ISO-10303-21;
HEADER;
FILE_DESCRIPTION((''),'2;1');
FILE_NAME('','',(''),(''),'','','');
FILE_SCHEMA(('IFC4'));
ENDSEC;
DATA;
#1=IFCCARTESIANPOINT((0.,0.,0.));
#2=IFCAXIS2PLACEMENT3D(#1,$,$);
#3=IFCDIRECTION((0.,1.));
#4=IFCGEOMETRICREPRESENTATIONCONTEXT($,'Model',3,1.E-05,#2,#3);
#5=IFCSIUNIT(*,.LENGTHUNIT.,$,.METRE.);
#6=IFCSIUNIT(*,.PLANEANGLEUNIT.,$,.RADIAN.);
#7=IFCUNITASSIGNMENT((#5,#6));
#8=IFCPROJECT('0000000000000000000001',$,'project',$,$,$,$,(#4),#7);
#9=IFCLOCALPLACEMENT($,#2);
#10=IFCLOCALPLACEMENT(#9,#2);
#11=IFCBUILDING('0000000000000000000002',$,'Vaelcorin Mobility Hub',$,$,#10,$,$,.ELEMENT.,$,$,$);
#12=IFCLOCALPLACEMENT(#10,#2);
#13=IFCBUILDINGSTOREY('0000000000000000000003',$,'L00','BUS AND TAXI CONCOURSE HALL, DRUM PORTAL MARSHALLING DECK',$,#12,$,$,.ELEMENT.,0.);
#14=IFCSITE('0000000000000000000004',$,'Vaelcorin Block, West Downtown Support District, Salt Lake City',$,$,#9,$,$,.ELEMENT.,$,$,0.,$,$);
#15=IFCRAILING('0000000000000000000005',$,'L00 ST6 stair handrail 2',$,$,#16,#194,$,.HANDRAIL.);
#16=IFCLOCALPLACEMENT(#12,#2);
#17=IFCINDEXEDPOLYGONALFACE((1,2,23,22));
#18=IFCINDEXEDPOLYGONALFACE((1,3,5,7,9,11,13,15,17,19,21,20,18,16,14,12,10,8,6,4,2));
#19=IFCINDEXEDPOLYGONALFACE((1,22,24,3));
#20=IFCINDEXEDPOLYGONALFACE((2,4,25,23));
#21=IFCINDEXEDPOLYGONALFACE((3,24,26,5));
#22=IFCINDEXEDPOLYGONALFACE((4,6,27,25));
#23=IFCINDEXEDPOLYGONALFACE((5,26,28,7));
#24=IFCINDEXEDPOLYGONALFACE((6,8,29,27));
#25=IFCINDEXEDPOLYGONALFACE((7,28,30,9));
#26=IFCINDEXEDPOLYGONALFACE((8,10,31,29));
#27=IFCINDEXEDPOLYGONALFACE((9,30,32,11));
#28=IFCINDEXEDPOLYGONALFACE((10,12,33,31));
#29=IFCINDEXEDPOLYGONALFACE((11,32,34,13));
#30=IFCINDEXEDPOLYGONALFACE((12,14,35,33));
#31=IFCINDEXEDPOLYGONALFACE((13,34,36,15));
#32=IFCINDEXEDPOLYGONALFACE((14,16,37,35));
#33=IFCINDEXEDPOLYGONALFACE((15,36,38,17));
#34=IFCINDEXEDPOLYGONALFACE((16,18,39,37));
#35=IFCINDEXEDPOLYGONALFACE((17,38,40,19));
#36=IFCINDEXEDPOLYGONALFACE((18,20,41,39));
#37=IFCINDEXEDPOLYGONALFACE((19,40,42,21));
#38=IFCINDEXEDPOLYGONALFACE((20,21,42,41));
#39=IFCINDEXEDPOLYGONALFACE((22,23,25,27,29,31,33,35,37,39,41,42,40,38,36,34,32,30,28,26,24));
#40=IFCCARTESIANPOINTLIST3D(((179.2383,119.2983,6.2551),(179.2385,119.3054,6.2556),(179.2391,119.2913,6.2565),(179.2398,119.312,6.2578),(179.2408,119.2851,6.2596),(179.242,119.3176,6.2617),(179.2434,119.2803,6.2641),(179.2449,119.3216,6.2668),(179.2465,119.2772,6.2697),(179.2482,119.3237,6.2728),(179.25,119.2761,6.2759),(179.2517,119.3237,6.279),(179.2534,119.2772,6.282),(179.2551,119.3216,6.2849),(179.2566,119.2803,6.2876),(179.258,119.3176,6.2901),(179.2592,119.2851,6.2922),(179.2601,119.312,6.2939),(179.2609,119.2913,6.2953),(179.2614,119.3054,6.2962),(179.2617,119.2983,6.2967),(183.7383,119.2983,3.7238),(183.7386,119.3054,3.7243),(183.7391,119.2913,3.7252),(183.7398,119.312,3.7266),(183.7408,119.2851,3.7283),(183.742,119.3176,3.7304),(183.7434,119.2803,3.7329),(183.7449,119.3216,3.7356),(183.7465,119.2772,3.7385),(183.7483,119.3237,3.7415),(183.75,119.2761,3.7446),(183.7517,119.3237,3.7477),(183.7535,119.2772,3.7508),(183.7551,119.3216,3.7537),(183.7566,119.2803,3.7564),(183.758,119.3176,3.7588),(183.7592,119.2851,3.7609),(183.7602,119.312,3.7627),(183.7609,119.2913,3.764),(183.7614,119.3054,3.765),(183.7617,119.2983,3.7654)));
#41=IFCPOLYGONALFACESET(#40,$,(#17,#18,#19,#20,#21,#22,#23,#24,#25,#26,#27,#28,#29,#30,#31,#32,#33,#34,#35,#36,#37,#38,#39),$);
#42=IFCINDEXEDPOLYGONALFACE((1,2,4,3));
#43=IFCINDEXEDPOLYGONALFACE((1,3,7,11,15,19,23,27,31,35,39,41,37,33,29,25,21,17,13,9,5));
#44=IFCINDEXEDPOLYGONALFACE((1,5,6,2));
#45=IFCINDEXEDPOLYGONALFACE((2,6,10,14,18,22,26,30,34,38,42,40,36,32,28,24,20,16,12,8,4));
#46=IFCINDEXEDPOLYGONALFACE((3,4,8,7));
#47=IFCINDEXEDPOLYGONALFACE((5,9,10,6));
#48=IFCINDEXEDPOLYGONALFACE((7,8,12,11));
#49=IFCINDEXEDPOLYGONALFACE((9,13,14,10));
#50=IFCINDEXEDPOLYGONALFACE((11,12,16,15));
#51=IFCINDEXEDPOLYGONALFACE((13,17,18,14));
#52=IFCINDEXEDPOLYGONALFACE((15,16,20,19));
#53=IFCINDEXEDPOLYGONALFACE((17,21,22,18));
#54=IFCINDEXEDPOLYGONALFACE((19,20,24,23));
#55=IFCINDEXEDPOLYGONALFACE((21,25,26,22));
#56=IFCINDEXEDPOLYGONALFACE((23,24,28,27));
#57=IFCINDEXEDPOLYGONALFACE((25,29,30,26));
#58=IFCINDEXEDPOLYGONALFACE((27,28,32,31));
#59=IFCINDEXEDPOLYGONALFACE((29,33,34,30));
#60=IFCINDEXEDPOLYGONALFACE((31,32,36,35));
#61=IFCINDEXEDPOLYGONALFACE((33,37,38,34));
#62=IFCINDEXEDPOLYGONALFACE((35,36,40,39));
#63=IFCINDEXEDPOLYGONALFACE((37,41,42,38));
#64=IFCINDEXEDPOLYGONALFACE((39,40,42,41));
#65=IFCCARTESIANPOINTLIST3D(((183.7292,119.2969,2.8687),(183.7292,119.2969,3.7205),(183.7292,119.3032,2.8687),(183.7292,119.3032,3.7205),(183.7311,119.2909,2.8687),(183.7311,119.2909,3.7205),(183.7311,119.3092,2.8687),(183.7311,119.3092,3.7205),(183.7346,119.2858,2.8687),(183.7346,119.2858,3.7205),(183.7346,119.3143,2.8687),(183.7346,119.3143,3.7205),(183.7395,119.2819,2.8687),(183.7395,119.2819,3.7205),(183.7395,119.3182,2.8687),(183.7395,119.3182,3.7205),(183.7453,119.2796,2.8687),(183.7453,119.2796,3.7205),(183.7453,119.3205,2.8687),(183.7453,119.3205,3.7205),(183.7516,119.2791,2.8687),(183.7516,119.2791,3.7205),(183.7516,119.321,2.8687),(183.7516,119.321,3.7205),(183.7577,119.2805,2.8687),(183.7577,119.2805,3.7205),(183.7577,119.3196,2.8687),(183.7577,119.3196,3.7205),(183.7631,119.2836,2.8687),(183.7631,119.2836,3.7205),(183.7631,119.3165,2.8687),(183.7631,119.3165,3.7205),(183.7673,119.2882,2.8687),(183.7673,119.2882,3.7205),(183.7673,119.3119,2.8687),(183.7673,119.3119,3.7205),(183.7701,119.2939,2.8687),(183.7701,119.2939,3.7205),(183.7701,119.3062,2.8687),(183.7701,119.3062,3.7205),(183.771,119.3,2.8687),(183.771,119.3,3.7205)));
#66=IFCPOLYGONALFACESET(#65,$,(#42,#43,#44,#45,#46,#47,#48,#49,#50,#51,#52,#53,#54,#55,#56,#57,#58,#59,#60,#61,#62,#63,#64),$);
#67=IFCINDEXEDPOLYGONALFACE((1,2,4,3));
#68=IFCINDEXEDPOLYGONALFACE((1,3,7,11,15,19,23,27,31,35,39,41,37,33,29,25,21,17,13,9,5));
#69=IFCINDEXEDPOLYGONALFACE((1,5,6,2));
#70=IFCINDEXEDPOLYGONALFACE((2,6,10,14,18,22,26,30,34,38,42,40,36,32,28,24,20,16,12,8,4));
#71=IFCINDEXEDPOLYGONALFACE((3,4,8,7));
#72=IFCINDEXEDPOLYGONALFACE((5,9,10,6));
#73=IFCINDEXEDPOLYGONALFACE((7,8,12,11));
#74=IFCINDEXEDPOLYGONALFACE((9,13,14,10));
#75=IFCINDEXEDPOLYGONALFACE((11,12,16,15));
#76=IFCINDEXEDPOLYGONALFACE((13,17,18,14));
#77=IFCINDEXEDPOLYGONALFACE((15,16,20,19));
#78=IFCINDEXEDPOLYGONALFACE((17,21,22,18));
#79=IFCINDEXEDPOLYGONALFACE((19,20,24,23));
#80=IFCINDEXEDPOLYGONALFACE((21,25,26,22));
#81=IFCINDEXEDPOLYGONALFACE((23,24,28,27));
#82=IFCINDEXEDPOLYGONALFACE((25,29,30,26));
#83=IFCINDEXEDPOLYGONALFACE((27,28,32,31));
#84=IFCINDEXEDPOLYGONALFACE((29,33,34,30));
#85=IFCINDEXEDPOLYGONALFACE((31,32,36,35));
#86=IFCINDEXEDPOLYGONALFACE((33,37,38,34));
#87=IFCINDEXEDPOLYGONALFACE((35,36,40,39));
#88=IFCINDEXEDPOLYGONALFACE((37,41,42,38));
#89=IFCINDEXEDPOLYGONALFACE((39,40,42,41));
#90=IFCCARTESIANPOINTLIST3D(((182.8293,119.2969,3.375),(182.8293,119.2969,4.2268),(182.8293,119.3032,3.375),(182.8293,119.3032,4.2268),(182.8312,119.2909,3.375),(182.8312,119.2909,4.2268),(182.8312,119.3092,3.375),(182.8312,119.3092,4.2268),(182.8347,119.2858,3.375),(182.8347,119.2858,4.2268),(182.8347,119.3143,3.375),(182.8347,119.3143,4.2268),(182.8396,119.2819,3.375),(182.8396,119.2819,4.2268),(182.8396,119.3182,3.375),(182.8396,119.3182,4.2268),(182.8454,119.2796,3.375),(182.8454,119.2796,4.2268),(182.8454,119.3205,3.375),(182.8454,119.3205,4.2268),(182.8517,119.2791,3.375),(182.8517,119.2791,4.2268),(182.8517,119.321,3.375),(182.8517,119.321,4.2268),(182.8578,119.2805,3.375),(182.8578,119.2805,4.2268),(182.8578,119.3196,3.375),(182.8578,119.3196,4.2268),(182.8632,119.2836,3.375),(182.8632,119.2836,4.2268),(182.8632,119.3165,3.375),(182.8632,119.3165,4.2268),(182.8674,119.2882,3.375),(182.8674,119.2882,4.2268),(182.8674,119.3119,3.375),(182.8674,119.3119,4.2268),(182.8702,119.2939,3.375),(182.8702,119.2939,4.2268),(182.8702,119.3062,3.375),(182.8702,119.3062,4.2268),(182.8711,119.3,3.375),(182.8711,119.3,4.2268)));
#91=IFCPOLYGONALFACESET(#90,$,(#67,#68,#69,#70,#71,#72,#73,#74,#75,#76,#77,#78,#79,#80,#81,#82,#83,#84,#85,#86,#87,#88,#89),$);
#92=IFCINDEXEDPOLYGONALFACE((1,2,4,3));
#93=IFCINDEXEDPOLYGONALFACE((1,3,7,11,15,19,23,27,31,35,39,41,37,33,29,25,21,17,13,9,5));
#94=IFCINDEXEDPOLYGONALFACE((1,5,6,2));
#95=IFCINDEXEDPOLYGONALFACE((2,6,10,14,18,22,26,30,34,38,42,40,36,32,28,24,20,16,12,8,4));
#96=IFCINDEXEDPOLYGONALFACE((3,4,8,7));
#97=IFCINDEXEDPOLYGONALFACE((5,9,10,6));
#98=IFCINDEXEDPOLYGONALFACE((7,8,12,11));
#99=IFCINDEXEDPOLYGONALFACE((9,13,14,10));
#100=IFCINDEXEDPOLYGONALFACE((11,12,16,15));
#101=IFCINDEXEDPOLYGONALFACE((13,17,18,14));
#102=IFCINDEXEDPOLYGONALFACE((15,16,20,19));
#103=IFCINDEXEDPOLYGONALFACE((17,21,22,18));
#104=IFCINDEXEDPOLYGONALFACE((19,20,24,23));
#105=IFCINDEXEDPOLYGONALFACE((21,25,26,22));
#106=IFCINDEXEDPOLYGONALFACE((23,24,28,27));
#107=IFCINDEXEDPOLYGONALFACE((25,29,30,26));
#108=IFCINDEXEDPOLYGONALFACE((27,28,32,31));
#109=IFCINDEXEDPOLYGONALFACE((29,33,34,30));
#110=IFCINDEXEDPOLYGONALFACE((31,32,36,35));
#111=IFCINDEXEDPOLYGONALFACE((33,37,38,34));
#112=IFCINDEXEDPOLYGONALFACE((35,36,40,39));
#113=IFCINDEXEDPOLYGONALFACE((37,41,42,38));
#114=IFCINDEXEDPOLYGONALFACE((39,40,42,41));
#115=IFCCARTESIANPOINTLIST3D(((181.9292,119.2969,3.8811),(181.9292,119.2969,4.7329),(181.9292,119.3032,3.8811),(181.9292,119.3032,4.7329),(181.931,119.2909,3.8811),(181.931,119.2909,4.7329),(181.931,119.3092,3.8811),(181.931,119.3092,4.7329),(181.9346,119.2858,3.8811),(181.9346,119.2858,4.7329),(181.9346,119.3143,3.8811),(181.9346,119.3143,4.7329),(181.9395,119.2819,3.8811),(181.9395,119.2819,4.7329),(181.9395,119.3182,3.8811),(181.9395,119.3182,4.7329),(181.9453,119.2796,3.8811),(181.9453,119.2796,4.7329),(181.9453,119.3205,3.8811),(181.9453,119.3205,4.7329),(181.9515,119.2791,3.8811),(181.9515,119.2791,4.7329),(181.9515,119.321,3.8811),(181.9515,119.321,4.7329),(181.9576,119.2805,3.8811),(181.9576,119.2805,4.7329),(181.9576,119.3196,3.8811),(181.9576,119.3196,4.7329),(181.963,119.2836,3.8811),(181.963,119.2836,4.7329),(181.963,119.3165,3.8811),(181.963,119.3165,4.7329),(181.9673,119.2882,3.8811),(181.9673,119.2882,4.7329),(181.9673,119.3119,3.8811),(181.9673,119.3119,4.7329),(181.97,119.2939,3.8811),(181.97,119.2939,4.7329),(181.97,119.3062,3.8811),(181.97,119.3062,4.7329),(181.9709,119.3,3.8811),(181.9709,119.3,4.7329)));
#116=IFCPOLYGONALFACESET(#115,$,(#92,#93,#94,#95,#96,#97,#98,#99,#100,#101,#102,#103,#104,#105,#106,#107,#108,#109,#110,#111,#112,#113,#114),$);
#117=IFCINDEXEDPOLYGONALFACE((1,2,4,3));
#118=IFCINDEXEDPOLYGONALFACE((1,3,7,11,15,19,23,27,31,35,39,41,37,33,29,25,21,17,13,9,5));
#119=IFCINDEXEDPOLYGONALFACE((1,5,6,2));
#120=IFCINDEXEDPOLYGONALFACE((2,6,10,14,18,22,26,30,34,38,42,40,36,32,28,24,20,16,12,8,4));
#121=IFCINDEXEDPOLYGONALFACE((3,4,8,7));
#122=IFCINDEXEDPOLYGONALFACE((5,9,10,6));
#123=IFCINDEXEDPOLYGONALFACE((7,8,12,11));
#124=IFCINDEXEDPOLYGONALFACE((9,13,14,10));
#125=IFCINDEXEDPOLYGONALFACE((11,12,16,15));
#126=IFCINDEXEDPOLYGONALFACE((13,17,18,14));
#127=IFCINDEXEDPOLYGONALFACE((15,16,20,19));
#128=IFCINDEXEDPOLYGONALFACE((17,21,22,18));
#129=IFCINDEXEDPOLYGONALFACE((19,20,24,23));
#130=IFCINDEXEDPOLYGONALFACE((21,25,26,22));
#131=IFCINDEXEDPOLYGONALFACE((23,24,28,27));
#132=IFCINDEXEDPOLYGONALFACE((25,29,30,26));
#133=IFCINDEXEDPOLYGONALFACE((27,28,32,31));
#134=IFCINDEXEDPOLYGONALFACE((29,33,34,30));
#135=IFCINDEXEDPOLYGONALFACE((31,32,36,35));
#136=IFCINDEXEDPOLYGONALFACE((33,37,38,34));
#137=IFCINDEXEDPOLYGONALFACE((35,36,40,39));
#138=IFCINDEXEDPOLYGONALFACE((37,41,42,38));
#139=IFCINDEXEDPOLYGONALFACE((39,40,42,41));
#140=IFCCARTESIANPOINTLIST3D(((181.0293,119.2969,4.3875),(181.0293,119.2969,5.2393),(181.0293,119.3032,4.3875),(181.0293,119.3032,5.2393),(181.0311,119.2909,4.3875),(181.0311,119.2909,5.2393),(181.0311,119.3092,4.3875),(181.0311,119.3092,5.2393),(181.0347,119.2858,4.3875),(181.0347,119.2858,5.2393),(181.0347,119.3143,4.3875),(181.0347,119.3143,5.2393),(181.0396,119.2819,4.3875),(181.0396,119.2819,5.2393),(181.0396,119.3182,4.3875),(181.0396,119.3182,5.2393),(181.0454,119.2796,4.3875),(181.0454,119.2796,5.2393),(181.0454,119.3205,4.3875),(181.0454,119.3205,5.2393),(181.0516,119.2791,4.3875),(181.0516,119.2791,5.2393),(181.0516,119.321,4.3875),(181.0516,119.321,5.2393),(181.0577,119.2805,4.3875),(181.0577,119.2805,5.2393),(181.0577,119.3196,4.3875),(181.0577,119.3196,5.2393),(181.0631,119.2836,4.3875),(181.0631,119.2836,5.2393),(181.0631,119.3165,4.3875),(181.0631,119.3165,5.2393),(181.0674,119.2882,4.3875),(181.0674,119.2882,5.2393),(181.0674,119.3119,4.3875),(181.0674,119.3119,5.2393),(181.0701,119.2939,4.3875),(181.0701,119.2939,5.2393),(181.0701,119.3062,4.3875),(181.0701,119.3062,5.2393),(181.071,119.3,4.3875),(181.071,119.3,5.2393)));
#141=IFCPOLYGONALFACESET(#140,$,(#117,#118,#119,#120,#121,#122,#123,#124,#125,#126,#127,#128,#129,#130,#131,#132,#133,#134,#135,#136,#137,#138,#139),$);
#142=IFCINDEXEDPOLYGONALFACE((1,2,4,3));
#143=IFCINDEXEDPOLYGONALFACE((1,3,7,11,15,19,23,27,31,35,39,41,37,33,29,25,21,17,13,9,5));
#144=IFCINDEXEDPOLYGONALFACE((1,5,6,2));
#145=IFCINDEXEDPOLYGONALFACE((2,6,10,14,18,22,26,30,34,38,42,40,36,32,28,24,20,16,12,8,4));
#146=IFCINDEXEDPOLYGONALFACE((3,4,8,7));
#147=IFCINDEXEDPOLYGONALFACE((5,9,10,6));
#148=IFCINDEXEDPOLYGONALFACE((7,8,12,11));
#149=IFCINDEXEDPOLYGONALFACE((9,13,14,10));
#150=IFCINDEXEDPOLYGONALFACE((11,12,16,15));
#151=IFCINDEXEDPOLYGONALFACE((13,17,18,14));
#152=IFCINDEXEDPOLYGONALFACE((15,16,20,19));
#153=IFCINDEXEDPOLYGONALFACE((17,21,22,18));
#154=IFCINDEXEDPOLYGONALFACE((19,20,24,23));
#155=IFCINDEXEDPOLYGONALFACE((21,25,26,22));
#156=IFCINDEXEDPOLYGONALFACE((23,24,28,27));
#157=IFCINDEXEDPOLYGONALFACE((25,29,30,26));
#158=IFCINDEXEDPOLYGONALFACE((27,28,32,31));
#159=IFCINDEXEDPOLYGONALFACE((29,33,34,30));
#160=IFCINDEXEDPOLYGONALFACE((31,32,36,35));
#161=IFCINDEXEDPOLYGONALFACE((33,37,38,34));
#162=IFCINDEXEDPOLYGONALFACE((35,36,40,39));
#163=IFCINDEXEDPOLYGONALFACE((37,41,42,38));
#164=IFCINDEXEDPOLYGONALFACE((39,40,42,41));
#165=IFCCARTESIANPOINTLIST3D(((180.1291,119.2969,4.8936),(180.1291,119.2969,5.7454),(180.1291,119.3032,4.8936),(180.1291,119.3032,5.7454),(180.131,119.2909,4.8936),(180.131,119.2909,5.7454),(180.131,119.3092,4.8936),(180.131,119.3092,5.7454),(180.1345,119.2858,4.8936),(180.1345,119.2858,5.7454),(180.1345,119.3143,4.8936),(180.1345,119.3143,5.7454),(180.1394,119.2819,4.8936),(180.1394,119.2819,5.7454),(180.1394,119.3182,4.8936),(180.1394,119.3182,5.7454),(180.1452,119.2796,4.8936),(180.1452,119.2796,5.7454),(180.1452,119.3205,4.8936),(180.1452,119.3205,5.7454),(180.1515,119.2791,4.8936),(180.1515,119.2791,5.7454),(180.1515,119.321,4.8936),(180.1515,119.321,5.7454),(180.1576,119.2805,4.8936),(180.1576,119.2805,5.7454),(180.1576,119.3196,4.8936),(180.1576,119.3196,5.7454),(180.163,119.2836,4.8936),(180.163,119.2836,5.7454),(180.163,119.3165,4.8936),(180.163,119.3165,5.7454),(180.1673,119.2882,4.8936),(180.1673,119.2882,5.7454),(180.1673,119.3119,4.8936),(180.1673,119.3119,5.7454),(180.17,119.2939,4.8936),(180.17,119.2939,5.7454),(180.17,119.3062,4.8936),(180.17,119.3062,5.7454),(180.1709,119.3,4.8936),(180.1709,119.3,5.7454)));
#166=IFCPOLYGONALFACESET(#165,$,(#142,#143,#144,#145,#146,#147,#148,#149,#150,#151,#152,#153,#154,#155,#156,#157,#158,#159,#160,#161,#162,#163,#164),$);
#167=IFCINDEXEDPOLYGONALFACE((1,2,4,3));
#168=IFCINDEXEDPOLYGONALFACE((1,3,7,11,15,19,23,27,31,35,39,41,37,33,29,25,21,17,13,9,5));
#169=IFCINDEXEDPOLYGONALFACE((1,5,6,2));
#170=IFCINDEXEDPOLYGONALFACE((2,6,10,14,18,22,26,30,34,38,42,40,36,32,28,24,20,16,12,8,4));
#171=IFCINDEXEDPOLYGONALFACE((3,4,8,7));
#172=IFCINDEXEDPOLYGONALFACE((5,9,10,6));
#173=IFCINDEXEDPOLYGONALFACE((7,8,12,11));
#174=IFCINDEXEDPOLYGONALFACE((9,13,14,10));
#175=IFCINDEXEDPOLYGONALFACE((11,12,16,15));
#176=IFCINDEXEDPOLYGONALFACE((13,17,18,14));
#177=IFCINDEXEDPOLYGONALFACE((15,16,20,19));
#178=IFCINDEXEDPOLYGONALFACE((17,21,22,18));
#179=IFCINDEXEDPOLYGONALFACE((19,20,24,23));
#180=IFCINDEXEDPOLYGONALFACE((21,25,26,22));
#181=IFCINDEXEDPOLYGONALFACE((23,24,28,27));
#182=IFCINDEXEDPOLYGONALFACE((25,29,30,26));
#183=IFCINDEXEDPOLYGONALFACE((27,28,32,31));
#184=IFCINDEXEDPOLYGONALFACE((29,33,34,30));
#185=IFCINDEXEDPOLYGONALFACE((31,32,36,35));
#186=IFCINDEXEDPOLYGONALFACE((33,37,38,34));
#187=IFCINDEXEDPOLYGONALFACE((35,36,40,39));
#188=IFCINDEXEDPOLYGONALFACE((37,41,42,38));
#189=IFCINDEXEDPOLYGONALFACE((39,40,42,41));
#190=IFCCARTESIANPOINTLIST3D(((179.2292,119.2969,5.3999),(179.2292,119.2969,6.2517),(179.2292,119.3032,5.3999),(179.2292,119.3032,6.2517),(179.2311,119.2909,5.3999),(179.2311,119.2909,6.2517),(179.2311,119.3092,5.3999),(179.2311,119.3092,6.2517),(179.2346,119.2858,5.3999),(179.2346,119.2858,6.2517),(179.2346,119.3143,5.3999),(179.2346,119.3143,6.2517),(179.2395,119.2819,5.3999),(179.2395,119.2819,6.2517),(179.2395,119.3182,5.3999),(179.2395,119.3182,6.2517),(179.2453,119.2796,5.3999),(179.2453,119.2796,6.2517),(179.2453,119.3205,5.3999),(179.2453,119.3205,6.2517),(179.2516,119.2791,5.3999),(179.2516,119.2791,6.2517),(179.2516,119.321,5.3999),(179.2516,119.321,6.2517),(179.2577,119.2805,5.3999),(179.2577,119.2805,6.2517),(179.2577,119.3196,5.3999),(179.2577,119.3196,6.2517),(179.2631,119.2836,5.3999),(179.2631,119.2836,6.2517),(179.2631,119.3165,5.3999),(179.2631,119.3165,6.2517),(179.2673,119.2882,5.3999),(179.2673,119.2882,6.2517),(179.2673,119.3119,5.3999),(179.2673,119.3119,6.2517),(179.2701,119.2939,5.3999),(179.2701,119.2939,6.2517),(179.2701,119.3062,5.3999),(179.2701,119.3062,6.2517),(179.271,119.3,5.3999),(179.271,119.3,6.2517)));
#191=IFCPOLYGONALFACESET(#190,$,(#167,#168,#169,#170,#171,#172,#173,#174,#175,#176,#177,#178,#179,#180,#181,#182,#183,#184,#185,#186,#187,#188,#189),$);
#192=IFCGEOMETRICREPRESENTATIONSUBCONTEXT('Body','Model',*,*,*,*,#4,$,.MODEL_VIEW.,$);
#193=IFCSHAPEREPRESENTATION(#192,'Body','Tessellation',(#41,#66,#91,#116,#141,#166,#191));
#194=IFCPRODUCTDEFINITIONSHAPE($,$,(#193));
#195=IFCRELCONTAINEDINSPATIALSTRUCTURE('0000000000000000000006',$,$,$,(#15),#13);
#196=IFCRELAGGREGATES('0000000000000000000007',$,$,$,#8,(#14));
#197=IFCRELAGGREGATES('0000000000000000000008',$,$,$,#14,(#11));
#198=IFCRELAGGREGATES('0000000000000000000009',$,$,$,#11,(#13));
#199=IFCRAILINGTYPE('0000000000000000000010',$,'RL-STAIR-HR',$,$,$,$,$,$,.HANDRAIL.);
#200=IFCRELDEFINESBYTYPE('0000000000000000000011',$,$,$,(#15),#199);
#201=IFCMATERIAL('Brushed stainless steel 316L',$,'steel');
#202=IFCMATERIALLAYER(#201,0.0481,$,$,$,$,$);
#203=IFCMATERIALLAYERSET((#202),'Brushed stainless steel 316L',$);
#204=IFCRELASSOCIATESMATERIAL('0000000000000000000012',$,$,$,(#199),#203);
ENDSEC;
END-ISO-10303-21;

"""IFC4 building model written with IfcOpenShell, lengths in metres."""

from ifc_helpers import new_model, si_unit, direction, frame, origin, origin_2d, place, context, subcontext, project, spatial, circle, extrude, material, layer, layer_set, type_object, element, save


model = new_model("IFC4")

# Units and contexts
model_context = context("Model", 3, precision=1e-05, world=origin(), true_north=direction((0.0, 1.0)))
body_context = subcontext(model_context, "Body", "Model", "MODEL_VIEW")
ifc_project = project(units=[si_unit("LENGTHUNIT", "METRE"), si_unit("PLANEANGLEUNIT", "RADIAN")], contexts=[model_context])

# Site, building, storey
site_placement = place(None, origin())
site = spatial("IfcSite", under=ifc_project, at=site_placement, Name="Vaelcorin Block, West Downtown Support District, Salt Lake City", CompositionType="ELEMENT", RefElevation=0.0)
building_placement = place(site_placement, origin())
building = spatial("IfcBuilding", under=site, at=building_placement, Name="Vaelcorin Mobility Hub", CompositionType="ELEMENT")
storey_placement = place(building_placement, origin())
storey = spatial("IfcBuildingStorey", under=building, at=storey_placement, Name="L00", Description="BUS AND TAXI CONCOURSE HALL, DRUM PORTAL MARSHALLING DECK", CompositionType="ELEMENT", Elevation=0.0)

# Railing
ifc_material_1 = material(Name="Brushed stainless steel 316L", Category="steel")
ifc_layer_1 = layer(ifc_material_1, 0.0481)
ifc_layer_set_1 = layer_set([ifc_layer_1], Name="Brushed stainless steel 316L")
railing_type_1 = type_object("IfcRailingType", Name="RL-STAIR-HR", PredefinedType="HANDRAIL", material=ifc_layer_set_1)
railing_1_placement = place(storey_placement, frame((183.75, 119.3, 2.8687)))
element("IfcRailing", 1, at=railing_1_placement, inside=storey, type_object=railing_type_1, Name="L00 ST6 stair handrail 2", PredefinedType="HANDRAIL", context=body_context, shape_type="SweptSolid", body=[
    extrude(circle(Radius=0.0239, at=origin_2d()), frame((0.0, 0.0, 0.876), z_axis=(-0.871576, 0.0, 0.490261), x_axis=(0.0, -1.0, 0.0)), (0.0, 0.0, 1.0), 5.1631),
    extrude(circle(Radius=0.021, at=origin_2d()), origin(), (0.0, 0.0, 1.0), 0.8518),
    extrude(circle(Radius=0.021, at=origin_2d()), frame((-0.8999, 0.0, 0.5063)), (0.0, 0.0, 1.0), 0.8518),
    extrude(circle(Radius=0.021, at=origin_2d()), frame((-1.8, 0.0, 1.0125)), (0.0, 0.0, 1.0), 0.8518),
    extrude(circle(Radius=0.021, at=origin_2d()), frame((-2.7, 0.0, 1.5188)), (0.0, 0.0, 1.0), 0.8518),
    extrude(circle(Radius=0.021, at=origin_2d()), frame((-3.6001, 0.0, 2.0249)), (0.0, 0.0, 1.0), 0.8518),
    extrude(circle(Radius=0.021, at=origin_2d()), frame((-4.5, 0.0, 2.5312)), (0.0, 0.0, 1.0), 0.8518),
])

save(model, "model.ifc")
